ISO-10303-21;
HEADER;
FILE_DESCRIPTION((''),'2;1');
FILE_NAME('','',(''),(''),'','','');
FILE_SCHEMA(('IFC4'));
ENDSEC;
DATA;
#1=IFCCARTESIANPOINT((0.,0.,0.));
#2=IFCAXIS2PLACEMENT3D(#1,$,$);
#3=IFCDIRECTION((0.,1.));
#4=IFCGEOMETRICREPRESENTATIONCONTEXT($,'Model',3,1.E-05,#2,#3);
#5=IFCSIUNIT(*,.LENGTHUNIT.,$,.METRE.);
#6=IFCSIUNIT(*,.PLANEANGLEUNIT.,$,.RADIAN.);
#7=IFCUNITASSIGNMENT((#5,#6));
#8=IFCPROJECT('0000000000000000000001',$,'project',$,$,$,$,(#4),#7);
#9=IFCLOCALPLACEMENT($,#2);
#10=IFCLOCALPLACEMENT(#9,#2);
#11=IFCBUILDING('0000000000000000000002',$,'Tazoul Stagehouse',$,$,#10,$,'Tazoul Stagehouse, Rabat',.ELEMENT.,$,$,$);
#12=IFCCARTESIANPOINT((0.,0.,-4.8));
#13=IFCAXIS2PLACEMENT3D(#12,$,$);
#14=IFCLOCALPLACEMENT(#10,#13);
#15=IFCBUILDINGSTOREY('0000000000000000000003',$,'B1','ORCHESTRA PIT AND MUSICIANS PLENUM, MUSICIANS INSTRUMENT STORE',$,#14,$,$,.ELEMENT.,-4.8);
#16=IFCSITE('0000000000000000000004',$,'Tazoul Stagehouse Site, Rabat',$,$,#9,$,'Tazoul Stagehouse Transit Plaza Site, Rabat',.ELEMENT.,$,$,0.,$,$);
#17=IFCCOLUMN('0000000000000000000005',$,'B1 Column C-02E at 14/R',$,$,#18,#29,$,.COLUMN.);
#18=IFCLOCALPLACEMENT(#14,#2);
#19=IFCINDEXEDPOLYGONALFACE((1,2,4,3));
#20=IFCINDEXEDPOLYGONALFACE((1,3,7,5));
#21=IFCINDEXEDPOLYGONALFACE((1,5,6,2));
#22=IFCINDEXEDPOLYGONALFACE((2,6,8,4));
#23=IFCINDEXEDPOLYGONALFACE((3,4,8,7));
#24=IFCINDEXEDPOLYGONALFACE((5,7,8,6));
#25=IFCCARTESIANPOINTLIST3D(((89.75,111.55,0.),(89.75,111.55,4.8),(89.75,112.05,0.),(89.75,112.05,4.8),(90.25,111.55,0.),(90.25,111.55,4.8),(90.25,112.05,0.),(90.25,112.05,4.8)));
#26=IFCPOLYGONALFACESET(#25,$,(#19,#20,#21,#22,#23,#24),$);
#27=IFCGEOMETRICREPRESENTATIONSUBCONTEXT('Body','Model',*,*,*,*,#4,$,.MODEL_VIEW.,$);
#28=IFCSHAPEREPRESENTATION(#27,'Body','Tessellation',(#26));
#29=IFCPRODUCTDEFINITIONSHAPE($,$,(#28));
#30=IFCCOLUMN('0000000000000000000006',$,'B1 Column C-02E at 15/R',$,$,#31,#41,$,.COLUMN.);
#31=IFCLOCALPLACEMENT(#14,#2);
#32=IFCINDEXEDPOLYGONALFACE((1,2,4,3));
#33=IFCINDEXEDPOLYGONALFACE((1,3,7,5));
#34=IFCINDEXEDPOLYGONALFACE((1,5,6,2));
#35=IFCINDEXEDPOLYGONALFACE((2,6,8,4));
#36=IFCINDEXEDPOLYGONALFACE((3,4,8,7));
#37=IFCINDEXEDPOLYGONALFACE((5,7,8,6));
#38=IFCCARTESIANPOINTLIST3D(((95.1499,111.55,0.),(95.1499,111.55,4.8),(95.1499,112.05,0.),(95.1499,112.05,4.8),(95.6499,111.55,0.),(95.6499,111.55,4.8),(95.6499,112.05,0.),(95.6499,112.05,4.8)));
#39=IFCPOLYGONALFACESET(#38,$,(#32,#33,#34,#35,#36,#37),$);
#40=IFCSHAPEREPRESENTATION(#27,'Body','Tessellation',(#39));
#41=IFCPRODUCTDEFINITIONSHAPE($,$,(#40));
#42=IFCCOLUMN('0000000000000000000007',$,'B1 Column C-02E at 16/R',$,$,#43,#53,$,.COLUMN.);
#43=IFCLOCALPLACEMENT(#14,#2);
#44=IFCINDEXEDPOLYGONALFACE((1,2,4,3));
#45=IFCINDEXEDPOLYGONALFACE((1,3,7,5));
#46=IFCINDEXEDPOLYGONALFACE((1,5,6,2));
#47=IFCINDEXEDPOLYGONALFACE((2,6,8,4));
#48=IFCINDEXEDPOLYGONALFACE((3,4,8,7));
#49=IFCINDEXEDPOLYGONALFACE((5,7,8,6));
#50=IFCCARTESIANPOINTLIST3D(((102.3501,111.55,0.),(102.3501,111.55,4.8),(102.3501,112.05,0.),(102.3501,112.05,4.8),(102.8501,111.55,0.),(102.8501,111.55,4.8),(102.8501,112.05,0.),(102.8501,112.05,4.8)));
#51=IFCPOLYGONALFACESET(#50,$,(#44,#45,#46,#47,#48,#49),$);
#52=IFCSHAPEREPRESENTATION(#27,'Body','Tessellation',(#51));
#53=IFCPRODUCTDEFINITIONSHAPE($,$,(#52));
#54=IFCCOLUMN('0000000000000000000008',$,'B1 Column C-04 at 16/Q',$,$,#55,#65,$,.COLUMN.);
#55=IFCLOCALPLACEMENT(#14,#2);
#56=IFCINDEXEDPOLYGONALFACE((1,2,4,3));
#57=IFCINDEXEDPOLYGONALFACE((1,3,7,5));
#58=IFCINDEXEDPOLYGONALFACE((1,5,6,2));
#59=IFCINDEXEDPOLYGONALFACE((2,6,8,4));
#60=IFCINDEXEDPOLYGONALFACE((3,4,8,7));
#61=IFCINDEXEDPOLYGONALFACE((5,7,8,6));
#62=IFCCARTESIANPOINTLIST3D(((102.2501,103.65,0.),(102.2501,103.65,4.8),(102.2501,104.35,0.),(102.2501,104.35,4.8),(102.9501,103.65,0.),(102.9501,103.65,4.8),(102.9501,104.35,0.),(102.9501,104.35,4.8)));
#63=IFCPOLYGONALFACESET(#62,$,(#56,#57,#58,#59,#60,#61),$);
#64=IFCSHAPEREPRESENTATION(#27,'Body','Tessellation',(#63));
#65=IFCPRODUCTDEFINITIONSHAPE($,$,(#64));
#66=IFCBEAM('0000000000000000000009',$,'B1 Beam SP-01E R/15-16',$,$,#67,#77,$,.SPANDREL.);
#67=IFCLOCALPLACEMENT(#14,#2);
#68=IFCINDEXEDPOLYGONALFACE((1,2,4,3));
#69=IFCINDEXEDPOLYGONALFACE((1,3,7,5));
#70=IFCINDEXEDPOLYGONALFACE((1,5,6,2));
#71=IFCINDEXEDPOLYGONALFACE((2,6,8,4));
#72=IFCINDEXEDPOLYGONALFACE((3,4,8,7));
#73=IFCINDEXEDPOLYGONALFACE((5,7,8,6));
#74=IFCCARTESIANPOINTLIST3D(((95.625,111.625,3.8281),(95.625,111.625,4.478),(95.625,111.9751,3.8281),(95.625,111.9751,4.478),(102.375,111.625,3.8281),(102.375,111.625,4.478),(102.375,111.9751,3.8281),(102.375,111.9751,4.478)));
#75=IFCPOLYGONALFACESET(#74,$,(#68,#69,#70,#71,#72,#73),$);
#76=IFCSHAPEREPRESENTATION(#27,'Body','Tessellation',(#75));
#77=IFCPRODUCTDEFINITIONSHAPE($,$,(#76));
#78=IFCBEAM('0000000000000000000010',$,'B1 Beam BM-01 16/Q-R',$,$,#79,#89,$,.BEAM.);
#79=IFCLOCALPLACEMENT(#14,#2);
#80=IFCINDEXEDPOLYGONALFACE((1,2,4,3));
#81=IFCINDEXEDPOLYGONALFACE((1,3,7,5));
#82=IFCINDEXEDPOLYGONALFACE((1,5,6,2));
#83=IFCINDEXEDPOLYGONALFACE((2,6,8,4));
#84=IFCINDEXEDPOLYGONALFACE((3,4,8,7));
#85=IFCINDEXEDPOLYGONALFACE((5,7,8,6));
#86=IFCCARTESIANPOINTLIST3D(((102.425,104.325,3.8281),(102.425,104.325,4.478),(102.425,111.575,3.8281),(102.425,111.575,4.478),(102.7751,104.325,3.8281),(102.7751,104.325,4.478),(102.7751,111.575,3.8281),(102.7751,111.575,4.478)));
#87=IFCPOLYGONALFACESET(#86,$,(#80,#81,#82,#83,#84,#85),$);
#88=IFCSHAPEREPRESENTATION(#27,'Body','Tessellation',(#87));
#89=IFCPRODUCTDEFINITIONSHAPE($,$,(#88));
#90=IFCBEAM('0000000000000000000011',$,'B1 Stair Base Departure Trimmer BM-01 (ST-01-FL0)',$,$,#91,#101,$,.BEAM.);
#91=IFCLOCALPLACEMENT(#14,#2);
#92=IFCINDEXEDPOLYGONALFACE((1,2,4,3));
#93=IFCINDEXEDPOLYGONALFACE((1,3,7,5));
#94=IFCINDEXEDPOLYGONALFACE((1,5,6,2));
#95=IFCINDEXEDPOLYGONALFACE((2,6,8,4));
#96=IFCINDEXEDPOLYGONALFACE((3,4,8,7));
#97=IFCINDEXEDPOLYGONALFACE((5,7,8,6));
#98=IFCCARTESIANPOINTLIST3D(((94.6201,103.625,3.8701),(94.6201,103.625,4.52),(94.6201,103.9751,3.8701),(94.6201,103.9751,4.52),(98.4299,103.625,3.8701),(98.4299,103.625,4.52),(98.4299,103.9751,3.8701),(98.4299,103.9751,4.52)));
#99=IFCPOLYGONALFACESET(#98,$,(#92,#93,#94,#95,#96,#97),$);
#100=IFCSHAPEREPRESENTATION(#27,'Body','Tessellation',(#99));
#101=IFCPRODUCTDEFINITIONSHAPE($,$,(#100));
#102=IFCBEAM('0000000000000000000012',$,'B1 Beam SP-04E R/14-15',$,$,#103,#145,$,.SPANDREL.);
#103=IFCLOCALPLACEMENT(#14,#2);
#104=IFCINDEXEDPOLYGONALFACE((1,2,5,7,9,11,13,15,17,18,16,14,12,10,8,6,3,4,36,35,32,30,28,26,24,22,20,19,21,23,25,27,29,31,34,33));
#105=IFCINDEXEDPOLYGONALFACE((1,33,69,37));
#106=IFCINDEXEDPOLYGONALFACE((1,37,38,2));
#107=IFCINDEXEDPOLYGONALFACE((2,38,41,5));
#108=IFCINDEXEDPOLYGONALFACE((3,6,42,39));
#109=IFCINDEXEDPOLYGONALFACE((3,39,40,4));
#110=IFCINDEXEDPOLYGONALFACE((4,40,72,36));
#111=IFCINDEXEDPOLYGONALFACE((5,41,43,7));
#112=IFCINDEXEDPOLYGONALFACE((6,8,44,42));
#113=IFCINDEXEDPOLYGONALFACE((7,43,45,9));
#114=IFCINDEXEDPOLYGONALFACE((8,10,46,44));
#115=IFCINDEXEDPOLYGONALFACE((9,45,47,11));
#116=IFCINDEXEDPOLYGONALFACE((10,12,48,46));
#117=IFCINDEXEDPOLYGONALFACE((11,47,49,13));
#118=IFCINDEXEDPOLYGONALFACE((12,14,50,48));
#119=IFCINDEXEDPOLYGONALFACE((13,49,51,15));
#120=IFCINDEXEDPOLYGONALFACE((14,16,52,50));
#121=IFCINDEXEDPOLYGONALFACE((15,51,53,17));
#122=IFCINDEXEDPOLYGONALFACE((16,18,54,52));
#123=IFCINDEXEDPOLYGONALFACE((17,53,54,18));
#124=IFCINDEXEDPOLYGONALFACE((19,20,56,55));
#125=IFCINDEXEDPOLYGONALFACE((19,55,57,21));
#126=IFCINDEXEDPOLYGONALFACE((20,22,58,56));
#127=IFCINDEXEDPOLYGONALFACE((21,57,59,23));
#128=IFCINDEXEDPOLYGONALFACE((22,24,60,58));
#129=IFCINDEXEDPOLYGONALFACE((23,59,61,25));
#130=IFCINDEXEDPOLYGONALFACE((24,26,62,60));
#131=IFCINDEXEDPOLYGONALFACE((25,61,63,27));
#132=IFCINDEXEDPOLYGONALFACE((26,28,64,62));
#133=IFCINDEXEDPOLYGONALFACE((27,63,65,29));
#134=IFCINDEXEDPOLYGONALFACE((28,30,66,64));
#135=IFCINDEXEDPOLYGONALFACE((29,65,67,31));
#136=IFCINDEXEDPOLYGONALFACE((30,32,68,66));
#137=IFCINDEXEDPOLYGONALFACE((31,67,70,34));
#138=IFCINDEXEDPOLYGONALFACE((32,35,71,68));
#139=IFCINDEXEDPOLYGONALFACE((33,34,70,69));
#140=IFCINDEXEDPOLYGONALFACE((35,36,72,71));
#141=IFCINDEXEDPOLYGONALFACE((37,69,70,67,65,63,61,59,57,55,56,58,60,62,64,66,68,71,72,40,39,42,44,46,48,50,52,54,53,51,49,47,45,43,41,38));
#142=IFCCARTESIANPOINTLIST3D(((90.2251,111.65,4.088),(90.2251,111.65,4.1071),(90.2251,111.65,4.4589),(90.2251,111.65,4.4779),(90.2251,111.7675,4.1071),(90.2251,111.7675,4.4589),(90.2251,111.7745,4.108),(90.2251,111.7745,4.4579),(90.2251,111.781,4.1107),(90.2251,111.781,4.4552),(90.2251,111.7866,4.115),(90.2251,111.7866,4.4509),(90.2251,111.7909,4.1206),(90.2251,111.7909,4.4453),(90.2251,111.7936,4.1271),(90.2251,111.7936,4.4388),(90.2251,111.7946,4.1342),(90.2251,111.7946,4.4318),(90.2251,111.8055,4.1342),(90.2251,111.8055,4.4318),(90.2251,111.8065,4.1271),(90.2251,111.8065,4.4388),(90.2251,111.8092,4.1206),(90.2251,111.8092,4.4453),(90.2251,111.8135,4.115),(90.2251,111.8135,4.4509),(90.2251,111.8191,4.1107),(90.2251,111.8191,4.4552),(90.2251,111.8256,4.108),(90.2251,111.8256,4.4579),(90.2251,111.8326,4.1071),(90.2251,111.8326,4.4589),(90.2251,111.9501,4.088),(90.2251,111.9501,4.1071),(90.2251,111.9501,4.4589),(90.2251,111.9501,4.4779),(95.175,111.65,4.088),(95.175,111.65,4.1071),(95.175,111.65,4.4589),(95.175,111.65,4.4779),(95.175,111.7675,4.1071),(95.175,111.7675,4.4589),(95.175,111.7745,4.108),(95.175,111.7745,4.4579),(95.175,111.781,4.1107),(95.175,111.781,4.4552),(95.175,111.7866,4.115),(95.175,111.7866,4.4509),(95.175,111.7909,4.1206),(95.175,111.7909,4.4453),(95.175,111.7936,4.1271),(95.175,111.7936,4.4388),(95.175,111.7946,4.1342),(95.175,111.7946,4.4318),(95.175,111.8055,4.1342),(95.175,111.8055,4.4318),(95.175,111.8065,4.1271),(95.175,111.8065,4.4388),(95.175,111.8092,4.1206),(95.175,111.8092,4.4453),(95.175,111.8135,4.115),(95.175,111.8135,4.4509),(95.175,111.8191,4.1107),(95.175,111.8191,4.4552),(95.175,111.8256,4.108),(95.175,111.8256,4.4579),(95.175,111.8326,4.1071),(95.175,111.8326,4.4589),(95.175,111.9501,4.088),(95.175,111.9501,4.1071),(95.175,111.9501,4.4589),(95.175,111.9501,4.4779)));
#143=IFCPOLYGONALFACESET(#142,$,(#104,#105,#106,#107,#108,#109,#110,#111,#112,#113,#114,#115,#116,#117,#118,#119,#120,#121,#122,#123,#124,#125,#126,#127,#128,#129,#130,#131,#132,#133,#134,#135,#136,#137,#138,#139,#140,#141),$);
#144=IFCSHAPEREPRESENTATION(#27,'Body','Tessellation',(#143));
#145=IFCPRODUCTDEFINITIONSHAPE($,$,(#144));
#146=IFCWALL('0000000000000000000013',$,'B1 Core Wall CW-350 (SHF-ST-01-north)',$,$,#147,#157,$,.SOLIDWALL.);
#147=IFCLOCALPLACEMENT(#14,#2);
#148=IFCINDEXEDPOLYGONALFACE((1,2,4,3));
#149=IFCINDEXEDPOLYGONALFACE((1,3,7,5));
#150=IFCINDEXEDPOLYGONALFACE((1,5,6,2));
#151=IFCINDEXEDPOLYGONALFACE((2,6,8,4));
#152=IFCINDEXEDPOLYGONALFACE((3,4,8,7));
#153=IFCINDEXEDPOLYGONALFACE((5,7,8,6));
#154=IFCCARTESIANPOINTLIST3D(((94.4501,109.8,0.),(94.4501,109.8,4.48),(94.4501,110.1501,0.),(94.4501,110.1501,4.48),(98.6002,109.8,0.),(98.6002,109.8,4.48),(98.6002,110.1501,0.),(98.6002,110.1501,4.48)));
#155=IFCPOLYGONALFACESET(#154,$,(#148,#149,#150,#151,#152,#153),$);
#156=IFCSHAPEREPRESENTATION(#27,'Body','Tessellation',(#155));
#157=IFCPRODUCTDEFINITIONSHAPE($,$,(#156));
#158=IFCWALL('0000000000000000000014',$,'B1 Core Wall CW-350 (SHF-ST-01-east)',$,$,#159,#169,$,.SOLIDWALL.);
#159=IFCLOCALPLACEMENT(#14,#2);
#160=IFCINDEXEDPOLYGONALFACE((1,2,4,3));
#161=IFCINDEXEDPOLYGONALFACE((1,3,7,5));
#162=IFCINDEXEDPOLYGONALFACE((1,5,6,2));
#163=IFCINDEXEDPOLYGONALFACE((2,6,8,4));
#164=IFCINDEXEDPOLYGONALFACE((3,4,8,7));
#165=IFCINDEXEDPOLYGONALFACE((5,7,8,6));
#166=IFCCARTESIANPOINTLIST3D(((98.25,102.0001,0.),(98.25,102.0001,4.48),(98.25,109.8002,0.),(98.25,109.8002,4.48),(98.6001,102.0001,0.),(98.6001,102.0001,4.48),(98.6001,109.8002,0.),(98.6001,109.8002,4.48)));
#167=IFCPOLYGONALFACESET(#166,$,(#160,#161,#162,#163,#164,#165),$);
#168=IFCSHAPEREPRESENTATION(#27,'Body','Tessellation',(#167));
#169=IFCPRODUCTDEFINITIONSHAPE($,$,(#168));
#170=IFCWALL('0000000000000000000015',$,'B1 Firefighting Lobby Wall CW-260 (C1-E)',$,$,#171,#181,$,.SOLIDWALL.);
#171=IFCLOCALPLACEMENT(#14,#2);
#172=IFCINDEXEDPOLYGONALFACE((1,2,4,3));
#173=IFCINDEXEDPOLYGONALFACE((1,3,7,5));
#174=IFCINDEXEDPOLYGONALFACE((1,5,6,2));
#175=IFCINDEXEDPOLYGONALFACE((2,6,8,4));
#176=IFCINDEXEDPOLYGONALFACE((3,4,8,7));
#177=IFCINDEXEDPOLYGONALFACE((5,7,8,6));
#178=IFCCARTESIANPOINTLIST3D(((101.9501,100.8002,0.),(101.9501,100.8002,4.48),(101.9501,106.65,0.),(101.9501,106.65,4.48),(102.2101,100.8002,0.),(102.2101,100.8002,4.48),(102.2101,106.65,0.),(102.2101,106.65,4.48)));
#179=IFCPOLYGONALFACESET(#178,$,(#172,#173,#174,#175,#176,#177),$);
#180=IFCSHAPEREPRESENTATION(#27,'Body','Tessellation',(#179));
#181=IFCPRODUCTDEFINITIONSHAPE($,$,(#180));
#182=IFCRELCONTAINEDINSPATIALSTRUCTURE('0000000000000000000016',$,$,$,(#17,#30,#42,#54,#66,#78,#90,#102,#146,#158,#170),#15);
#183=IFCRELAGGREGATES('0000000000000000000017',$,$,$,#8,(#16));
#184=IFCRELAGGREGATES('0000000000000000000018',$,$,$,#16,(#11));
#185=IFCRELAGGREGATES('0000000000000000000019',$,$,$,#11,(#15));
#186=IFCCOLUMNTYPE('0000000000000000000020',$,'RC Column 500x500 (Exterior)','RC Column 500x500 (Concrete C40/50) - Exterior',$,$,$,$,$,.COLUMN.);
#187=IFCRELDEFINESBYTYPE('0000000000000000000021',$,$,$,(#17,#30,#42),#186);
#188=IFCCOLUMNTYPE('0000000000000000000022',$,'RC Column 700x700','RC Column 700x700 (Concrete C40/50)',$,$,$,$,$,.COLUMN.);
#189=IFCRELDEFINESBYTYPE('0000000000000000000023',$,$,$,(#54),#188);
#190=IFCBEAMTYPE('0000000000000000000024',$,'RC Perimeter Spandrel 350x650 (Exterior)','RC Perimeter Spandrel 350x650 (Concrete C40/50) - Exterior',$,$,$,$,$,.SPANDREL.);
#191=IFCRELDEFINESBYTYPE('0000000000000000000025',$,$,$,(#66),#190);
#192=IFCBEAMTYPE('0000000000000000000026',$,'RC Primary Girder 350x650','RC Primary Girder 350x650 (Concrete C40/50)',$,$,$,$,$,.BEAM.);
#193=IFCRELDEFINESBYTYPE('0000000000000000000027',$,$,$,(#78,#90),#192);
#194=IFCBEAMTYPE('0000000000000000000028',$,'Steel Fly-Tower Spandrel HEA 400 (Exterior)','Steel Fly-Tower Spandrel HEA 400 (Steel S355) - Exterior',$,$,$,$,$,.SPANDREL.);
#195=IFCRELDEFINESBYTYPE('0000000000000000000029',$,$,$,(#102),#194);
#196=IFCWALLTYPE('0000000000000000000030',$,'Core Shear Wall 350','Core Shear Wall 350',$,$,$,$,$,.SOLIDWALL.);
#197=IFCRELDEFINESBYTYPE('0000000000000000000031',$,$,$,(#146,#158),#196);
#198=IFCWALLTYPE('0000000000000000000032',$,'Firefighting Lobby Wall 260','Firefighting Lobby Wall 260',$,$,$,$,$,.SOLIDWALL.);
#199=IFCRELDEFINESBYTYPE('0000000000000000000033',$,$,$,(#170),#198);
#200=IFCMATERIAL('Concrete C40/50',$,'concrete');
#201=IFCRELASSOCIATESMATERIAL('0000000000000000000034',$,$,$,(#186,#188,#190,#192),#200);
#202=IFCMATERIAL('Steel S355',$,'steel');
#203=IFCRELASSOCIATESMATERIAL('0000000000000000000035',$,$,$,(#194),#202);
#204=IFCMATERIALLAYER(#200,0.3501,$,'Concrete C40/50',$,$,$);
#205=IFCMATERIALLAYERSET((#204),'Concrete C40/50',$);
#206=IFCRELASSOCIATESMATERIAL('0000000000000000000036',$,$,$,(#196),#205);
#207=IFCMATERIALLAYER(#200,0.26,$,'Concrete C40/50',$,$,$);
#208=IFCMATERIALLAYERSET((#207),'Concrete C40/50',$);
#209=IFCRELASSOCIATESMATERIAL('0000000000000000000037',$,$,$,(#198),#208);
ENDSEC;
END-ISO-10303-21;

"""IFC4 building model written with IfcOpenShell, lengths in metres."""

from ifc_helpers import new_model, si_unit, direction, frame, frame_2d, origin, origin_2d, place, context, subcontext, project, spatial, rectangle, i_section, extrude, material, layer, layer_set, material_profile, profile_set, type_object, element, save


model = new_model("IFC4")

# Units and contexts
model_context = context("Model", 3, precision=1e-05, world=origin(), true_north=direction((0.0, 1.0)))
body_context = subcontext(model_context, "Body", "Model", "MODEL_VIEW")
ifc_project = project(units=[si_unit("LENGTHUNIT", "METRE"), si_unit("PLANEANGLEUNIT", "RADIAN")], contexts=[model_context])

# Site, building, storey
site_placement = place(None, origin())
site = spatial("IfcSite", under=ifc_project, at=site_placement, Name="Tazoul Stagehouse Site, Rabat", LongName="Tazoul Stagehouse Transit Plaza Site, Rabat", CompositionType="ELEMENT", RefElevation=0.0)
building_placement = place(site_placement, origin())
building = spatial("IfcBuilding", under=site, at=building_placement, Name="Tazoul Stagehouse", LongName="Tazoul Stagehouse, Rabat", CompositionType="ELEMENT")
storey_placement = place(building_placement, frame((0.0, 0.0, -4.8)))
storey = spatial("IfcBuildingStorey", under=building, at=storey_placement, Name="B1", Description="ORCHESTRA PIT AND MUSICIANS PLENUM, MUSICIANS INSTRUMENT STORE", CompositionType="ELEMENT", Elevation=-4.8)

# Columns
ifc_material_1 = material(Name="Concrete C40/50", Category="concrete")
ifc_material_profile_1 = material_profile(ifc_material_1, rectangle(XDim=0.5, YDim=0.5, at=origin_2d()), Name="RC 500x500")
ifc_profile_set_1 = profile_set([ifc_material_profile_1], Name="Concrete C40/50")
column_type_1 = type_object("IfcColumnType", Name="RC Column 500x500 (Exterior)", Description="RC Column 500x500 (Concrete C40/50) - Exterior", PredefinedType="COLUMN", material=ifc_profile_set_1)
for number, where, z_axis, x_axis, name in (
    (1, (90.0, 111.8, 0.0), (0.0, 0.0, 1.0), (1.0, 0.0, 0.0), "B1 Column C-02E at 14/R"),
    (2, (95.3999, 111.8, 0.0), (0.0, 0.0, 1.0), (1.0, 0.0, 0.0), "B1 Column C-02E at 15/R"),
    (3, (102.6001, 111.8, 0.0), (0.0, 0.0, 1.0), (1.0, 0.0, 0.0), "B1 Column C-02E at 16/R"),
):
    element("IfcColumn", number, at=place(storey_placement, frame(where, z_axis=z_axis, x_axis=x_axis)), inside=storey, type_object=column_type_1, Name=name, PredefinedType="COLUMN", context=body_context, shape_type="SweptSolid", body=[
        extrude(rectangle(XDim=0.5, YDim=0.5, at=origin_2d()), origin(), (0.0, 0.0, 1.0), 4.8),
    ])
ifc_material_profile_2 = material_profile(ifc_material_1, rectangle(XDim=0.7, YDim=0.7, at=origin_2d()), Name="RC 700x700")
ifc_profile_set_2 = profile_set([ifc_material_profile_2], Name="Concrete C40/50")
column_type_2 = type_object("IfcColumnType", Name="RC Column 700x700", Description="RC Column 700x700 (Concrete C40/50)", PredefinedType="COLUMN", material=ifc_profile_set_2)
column_placement = place(storey_placement, frame((102.6001, 104.0, 0.0), z_axis=(0.0, 0.0, 1.0), x_axis=(1.0, 0.0, 0.0)))
element("IfcColumn", 4, at=column_placement, inside=storey, type_object=column_type_2, Name="B1 Column C-04 at 16/Q", PredefinedType="COLUMN", context=body_context, shape_type="SweptSolid", body=[
    extrude(rectangle(XDim=0.7, YDim=0.7, at=origin_2d()), origin(), (0.0, 0.0, 1.0), 4.8),
])

# Beams
ifc_material_profile_3 = material_profile(ifc_material_1, rectangle(XDim=0.3501, YDim=0.6499, at=origin_2d()), Name="RC 350x650")
ifc_profile_set_3 = profile_set([ifc_material_profile_3], Name="Concrete C40/50")
beam_type_1 = type_object("IfcBeamType", Name="RC Perimeter Spandrel 350x650 (Exterior)", Description="RC Perimeter Spandrel 350x650 (Concrete C40/50) - Exterior", PredefinedType="SPANDREL", material=ifc_profile_set_3)
beam_1_placement = place(storey_placement, frame((95.625, 111.8, 4.1531), z_axis=(1.0, 0.0, 0.0), x_axis=(0.0, 1.0, 0.0)))
element("IfcBeam", 5, at=beam_1_placement, inside=storey, type_object=beam_type_1, Name="B1 Beam SP-01E R/15-16", PredefinedType="SPANDREL", context=body_context, shape_type="SweptSolid", body=[
    extrude(rectangle(XDim=0.3501, YDim=0.6499, at=origin_2d()), origin(), (0.0, 0.0, 1.0), 6.75),
])
ifc_material_profile_4 = material_profile(ifc_material_1, rectangle(XDim=0.3501, YDim=0.6499, at=origin_2d()), Name="RC 350x650")
ifc_profile_set_4 = profile_set([ifc_material_profile_4], Name="Concrete C40/50")
beam_type_2 = type_object("IfcBeamType", Name="RC Primary Girder 350x650", Description="RC Primary Girder 350x650 (Concrete C40/50)", PredefinedType="BEAM", material=ifc_profile_set_4)
beam_2_placement = place(storey_placement, frame((102.6001, 104.325, 4.1531), z_axis=(0.0, 1.0, 0.0), x_axis=(-1.0, 0.0, 0.0)))
element("IfcBeam", 6, at=beam_2_placement, inside=storey, type_object=beam_type_2, Name="B1 Beam BM-01 16/Q-R", PredefinedType="BEAM", context=body_context, shape_type="SweptSolid", body=[
    extrude(rectangle(XDim=0.3501, YDim=0.6499, at=origin_2d()), origin(), (0.0, 0.0, 1.0), 7.25),
])
beam_3_placement = place(storey_placement, frame((94.6201, 103.8, 4.1951), z_axis=(1.0, 0.0, 0.0), x_axis=(0.0, 1.0, 0.0)))
element("IfcBeam", 7, at=beam_3_placement, inside=storey, type_object=beam_type_2, Name="B1 Stair Base Departure Trimmer BM-01 (ST-01-FL0)", PredefinedType="BEAM", context=body_context, shape_type="SweptSolid", body=[
    extrude(rectangle(XDim=0.3501, YDim=0.6499, at=origin_2d()), origin(), (0.0, 0.0, 1.0), 3.8098),
])
ifc_material_2 = material(Name="Steel S355", Category="steel")
ifc_material_profile_5 = material_profile(ifc_material_2, i_section(OverallWidth=0.3, OverallDepth=0.3899, WebThickness=0.011, FlangeThickness=0.019, FilletRadius=0.0271, at=origin_2d()), Name="HEA 400")
ifc_profile_set_5 = profile_set([ifc_material_profile_5], Name="Steel S355")
beam_type_3 = type_object("IfcBeamType", Name="Steel Fly-Tower Spandrel HEA 400 (Exterior)", Description="Steel Fly-Tower Spandrel HEA 400 (Steel S355) - Exterior", PredefinedType="SPANDREL", material=ifc_profile_set_5)
beam_4_placement = place(storey_placement, frame((90.2251, 111.8, 4.283), z_axis=(1.0, 0.0, 0.0), x_axis=(0.0, 1.0, 0.0)))
element("IfcBeam", 8, at=beam_4_placement, inside=storey, type_object=beam_type_3, Name="B1 Beam SP-04E R/14-15", PredefinedType="SPANDREL", context=body_context, shape_type="SweptSolid", body=[
    extrude(i_section(OverallWidth=0.3, OverallDepth=0.3899, WebThickness=0.011, FlangeThickness=0.019, FilletRadius=0.0271, at=origin_2d()), origin(), (0.0, 0.0, 1.0), 4.95),
])

# Walls
ifc_layer_1 = layer(ifc_material_1, 0.3501, Name="Concrete C40/50")
ifc_layer_set_1 = layer_set([ifc_layer_1], Name="Concrete C40/50")
wall_type_1 = type_object("IfcWallType", Name="Core Shear Wall 350", Description="Core Shear Wall 350", PredefinedType="SOLIDWALL", material=ifc_layer_set_1)
wall_1_placement = place(storey_placement, frame((94.45, 109.9751, 0.0), z_axis=(0.0, 0.0, 1.0), x_axis=(1.0, 0.0, 0.0)))
element("IfcWall", 9, at=wall_1_placement, inside=storey, type_object=wall_type_1, Name="B1 Core Wall CW-350 (SHF-ST-01-north)", PredefinedType="SOLIDWALL", context=body_context, shape_type="SweptSolid", body=[
    extrude(rectangle(XDim=4.1501, YDim=0.3501, at=frame_2d((2.0752, 0.0))), origin(), (0.0, 0.0, 1.0), 4.48),
])
wall_2_placement = place(storey_placement, frame((98.425, 109.8, 0.0), z_axis=(0.0, 0.0, 1.0), x_axis=(0.0, -1.0, 0.0)))
element("IfcWall", 10, at=wall_2_placement, inside=storey, type_object=wall_type_1, Name="B1 Core Wall CW-350 (SHF-ST-01-east)", PredefinedType="SOLIDWALL", context=body_context, shape_type="SweptSolid", body=[
    extrude(rectangle(XDim=7.8, YDim=0.3501, at=frame_2d((3.8999, 0.0))), origin(), (0.0, 0.0, 1.0), 4.48),
])
ifc_layer_2 = layer(ifc_material_1, 0.26, Name="Concrete C40/50")
ifc_layer_set_2 = layer_set([ifc_layer_2], Name="Concrete C40/50")
wall_type_2 = type_object("IfcWallType", Name="Firefighting Lobby Wall 260", Description="Firefighting Lobby Wall 260", PredefinedType="SOLIDWALL", material=ifc_layer_set_2)
wall_3_placement = place(storey_placement, frame((102.0801, 106.6499, 0.0), z_axis=(0.0, 0.0, 1.0), x_axis=(0.0, -1.0, 0.0)))
element("IfcWall", 11, at=wall_3_placement, inside=storey, type_object=wall_type_2, Name="B1 Firefighting Lobby Wall CW-260 (C1-E)", PredefinedType="SOLIDWALL", context=body_context, shape_type="SweptSolid", body=[
    extrude(rectangle(XDim=5.8499, YDim=0.26, at=frame_2d((2.9248, 0.0))), origin(), (0.0, 0.0, 1.0), 4.48),
])

save(model, "model.ifc")
